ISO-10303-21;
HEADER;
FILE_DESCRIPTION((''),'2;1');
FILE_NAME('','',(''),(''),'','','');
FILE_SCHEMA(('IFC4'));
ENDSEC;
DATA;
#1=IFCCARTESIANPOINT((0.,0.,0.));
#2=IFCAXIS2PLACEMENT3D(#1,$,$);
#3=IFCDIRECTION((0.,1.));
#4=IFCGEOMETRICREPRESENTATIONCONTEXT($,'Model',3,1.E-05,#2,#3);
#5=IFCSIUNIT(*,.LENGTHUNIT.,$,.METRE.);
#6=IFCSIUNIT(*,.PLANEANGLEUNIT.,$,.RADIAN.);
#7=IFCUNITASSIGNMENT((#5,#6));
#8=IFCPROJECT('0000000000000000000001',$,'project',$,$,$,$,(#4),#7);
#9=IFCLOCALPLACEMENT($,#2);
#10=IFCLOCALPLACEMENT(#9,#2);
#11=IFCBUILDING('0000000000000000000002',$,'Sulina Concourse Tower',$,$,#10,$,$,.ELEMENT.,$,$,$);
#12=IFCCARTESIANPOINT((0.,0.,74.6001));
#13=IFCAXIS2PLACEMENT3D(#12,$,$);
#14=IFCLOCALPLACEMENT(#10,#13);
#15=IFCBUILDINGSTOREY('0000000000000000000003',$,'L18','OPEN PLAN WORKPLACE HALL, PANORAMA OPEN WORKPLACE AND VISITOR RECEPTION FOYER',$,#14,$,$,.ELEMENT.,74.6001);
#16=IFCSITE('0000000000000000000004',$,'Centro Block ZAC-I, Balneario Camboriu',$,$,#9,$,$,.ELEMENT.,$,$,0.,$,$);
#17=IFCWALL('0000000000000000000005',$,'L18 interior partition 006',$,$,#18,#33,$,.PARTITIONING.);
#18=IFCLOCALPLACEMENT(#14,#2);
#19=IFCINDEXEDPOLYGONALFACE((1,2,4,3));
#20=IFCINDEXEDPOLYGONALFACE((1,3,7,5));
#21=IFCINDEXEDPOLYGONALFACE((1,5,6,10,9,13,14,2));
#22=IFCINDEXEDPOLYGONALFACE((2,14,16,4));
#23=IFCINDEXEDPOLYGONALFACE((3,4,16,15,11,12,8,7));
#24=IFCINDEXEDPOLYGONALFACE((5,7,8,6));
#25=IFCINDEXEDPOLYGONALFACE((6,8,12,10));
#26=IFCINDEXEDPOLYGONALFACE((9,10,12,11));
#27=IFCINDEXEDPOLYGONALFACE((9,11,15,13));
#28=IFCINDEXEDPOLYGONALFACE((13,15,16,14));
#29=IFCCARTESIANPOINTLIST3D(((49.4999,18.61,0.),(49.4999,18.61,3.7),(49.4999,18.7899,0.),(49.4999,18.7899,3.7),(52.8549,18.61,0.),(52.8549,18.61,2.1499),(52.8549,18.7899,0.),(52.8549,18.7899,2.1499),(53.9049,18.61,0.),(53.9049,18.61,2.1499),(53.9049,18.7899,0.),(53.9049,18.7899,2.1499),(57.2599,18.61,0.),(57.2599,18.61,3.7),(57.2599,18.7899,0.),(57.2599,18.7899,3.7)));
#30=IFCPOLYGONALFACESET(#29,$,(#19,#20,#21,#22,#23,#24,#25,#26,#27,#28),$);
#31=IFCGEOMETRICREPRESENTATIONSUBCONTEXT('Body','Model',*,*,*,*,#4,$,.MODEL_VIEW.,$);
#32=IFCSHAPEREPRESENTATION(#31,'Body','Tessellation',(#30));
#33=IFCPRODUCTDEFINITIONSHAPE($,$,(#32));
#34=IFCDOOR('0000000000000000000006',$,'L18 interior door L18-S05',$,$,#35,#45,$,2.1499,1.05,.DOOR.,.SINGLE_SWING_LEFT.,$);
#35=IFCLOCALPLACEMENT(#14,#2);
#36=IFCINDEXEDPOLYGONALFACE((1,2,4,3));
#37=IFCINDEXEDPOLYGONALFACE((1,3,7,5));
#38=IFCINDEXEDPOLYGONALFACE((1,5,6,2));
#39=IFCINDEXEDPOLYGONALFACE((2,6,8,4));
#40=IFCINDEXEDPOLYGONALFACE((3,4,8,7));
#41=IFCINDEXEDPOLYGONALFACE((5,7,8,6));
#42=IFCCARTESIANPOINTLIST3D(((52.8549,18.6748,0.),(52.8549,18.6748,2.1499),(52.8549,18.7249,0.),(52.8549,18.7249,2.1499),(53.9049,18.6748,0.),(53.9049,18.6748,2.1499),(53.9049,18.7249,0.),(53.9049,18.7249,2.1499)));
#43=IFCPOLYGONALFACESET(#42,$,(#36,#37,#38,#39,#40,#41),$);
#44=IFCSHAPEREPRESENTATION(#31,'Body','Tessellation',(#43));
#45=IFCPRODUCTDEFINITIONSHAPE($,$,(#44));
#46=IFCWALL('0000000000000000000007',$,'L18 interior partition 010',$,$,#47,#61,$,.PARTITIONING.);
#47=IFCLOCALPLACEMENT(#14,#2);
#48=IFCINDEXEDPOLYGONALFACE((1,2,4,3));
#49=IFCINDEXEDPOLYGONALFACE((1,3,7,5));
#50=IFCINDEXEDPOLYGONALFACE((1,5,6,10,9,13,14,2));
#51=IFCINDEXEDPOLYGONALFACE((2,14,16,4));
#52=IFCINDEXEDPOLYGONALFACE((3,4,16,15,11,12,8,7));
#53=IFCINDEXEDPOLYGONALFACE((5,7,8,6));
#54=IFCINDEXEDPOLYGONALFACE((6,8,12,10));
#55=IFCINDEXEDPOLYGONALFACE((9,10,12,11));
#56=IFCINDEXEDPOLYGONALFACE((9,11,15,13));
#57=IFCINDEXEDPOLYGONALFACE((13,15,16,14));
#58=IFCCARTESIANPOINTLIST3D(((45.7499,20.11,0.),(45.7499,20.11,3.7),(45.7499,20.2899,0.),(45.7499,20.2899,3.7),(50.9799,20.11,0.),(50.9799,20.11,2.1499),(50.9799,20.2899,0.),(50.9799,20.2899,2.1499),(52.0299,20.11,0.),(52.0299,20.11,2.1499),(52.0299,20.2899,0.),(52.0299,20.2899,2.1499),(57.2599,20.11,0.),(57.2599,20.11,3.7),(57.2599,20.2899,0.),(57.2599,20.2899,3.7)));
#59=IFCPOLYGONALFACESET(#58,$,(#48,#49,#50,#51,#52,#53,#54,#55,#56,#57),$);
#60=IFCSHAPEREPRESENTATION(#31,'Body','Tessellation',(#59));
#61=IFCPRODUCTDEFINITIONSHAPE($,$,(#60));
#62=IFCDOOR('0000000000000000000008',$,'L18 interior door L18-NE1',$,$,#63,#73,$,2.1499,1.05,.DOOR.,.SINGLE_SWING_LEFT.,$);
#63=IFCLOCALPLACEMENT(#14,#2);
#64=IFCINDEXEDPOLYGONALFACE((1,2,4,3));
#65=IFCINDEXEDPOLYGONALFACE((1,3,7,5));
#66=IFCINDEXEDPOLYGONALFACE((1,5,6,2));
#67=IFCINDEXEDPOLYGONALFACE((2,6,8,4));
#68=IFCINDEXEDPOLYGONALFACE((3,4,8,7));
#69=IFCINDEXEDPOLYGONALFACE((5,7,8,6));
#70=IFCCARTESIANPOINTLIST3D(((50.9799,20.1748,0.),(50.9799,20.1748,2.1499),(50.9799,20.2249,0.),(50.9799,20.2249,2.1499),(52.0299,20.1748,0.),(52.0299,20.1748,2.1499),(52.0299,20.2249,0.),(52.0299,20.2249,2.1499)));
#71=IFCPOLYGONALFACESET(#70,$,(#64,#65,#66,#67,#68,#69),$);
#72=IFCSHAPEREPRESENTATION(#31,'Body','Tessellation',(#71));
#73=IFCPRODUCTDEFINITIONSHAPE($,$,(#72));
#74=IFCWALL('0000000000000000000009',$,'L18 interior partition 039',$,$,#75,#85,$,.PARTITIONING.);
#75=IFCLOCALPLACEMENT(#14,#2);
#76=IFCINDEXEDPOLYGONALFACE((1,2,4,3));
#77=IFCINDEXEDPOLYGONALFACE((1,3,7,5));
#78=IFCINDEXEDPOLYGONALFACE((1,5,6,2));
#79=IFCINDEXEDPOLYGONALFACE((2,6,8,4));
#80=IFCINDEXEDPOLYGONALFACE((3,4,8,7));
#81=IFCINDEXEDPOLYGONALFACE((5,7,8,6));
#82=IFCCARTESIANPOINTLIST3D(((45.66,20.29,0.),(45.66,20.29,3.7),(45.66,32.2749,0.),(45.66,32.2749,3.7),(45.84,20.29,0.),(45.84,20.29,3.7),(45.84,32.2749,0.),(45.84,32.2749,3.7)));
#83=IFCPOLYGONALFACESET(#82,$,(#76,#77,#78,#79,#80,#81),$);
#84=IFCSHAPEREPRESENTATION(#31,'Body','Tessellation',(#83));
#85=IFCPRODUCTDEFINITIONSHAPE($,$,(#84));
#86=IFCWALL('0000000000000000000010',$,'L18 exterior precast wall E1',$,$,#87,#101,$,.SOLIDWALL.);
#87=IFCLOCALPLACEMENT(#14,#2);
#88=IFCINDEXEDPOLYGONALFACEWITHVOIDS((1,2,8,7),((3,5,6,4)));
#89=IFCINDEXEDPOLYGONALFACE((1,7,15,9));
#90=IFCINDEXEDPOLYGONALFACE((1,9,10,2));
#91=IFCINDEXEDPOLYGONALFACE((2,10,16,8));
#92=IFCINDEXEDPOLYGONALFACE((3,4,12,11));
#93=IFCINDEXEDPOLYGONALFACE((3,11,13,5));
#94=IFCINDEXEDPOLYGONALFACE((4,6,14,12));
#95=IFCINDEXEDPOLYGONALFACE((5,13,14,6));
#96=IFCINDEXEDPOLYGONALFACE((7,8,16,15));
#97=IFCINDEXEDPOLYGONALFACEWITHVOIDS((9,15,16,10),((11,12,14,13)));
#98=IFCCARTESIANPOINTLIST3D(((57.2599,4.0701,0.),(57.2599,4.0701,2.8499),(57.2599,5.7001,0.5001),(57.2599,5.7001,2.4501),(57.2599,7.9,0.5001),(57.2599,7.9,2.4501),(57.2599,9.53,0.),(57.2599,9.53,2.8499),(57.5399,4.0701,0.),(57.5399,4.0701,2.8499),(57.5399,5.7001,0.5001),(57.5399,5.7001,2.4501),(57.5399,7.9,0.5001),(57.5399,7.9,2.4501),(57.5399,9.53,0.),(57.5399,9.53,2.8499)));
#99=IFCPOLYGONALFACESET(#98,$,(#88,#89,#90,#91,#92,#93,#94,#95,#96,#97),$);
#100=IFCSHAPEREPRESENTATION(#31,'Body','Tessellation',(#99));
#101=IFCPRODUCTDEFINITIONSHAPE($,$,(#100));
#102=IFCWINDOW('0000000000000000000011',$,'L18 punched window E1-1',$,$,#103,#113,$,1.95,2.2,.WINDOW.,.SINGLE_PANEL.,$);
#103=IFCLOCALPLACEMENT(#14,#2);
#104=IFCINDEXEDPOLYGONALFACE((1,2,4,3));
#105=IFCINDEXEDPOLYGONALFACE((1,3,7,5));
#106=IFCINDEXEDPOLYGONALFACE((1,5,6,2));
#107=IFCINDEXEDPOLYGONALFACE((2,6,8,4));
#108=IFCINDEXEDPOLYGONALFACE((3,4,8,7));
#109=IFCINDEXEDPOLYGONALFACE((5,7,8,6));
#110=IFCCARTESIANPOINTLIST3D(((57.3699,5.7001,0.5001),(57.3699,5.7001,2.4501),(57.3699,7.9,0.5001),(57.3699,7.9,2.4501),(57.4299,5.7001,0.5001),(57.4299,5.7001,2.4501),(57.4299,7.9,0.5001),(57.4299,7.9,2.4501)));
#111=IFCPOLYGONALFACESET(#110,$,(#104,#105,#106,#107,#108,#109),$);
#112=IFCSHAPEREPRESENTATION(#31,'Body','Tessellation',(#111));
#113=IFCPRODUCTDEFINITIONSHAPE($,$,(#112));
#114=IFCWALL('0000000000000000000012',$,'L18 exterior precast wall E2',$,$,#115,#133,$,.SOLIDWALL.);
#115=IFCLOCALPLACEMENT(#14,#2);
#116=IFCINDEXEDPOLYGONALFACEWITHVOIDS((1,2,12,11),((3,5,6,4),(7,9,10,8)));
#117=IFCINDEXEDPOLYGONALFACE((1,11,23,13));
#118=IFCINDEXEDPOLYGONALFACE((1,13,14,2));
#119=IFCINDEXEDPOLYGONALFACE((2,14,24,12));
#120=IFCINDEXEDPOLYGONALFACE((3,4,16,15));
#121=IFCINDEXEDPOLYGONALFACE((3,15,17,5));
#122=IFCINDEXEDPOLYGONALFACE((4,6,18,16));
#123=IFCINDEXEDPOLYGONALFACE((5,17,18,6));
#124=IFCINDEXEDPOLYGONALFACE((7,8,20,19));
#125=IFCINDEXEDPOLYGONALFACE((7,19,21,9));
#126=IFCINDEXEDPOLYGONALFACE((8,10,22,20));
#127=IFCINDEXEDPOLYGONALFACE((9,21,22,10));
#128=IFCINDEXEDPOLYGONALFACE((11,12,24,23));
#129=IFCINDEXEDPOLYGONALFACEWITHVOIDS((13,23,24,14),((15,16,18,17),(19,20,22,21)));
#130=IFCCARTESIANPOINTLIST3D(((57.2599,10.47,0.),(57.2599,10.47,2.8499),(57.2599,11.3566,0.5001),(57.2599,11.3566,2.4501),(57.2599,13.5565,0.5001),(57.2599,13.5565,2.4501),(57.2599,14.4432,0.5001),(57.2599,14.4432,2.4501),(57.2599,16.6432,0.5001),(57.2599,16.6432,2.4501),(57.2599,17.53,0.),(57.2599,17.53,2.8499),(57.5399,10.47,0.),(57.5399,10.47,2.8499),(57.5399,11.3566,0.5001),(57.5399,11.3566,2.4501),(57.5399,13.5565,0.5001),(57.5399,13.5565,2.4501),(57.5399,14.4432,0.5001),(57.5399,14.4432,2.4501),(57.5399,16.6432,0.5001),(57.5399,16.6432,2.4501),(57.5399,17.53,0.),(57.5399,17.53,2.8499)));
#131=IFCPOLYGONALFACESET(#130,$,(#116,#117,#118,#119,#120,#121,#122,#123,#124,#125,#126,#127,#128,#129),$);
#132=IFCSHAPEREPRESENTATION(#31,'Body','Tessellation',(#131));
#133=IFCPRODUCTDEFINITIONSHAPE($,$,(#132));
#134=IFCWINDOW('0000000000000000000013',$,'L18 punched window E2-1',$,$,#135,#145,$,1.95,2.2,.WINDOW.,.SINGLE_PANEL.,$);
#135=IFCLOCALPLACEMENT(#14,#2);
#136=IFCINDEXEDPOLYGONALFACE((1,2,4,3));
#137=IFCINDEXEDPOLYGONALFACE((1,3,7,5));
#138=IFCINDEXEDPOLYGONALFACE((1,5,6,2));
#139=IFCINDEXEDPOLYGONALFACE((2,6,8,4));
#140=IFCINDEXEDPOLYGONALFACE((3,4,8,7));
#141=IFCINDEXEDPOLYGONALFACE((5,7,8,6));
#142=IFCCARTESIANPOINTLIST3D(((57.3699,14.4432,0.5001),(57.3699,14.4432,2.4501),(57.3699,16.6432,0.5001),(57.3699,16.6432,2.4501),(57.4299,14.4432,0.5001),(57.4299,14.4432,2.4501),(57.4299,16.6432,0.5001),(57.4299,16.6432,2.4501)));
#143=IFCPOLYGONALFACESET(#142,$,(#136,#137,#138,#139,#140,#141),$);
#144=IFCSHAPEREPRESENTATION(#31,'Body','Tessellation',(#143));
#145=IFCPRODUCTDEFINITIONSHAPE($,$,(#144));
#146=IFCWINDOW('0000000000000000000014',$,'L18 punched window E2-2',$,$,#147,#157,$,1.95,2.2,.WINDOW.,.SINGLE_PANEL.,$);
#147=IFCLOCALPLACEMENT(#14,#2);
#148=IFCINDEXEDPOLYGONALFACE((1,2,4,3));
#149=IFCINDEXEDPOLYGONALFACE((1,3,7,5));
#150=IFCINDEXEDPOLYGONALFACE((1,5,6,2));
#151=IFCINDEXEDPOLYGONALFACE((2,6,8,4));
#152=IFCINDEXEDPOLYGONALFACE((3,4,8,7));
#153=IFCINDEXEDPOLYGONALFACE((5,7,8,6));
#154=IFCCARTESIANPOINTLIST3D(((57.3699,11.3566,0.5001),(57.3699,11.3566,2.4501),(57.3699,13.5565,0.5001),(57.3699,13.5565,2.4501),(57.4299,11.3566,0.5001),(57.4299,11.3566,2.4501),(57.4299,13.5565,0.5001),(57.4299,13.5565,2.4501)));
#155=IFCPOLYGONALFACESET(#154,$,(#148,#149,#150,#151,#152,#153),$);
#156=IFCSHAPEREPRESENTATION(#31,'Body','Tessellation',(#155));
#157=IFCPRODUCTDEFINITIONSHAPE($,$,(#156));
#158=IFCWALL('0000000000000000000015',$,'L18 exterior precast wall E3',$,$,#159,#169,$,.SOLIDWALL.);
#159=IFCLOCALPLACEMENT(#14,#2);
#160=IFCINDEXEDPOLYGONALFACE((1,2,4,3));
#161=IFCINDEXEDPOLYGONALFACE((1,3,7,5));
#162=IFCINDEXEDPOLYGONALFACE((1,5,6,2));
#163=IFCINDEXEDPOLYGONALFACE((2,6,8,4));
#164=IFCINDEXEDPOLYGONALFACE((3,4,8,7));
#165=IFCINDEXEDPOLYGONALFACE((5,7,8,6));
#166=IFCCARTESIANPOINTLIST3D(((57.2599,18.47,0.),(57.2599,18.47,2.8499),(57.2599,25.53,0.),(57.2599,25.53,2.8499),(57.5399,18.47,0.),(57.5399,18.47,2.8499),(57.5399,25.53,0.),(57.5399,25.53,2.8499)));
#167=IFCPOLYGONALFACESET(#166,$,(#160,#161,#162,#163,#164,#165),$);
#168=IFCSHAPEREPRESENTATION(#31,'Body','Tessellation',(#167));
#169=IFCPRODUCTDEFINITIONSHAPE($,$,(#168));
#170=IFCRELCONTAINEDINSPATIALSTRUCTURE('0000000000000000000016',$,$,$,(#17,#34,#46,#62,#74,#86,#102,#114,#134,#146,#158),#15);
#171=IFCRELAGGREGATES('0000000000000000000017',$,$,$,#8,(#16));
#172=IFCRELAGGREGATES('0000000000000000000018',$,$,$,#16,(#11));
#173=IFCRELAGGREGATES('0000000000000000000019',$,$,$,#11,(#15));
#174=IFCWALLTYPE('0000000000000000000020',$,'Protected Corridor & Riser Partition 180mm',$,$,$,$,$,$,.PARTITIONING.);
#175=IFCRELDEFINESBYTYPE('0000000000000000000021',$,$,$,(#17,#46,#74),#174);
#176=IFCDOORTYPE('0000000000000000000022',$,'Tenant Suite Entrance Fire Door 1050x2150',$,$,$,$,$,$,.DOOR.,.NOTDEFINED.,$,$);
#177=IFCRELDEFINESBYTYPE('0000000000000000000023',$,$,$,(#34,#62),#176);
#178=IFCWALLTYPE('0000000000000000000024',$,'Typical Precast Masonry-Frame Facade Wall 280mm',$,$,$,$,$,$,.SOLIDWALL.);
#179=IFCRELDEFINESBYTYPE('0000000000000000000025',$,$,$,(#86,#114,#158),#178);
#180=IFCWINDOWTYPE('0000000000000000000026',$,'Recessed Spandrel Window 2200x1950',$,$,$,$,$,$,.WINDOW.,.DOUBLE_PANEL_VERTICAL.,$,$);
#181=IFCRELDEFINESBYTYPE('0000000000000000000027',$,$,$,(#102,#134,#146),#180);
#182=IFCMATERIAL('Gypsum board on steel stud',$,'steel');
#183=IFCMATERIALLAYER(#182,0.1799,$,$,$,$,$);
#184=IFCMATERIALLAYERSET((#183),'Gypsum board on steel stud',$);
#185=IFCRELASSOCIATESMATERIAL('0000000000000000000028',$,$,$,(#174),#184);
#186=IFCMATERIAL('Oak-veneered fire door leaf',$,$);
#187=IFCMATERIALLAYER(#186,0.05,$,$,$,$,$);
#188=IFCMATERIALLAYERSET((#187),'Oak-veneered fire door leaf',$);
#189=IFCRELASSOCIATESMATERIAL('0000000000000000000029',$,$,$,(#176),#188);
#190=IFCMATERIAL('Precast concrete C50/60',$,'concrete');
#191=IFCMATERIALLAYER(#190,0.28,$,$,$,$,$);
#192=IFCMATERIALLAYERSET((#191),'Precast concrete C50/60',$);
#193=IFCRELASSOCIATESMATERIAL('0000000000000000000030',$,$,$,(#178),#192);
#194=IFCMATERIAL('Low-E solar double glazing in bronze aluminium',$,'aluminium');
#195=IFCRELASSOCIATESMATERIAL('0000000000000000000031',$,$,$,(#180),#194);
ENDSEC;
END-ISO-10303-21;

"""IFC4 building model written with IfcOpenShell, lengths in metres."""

from ifc_helpers import new_model, si_unit, direction, frame, frame_2d, origin, place, context, subcontext, project, spatial, rectangle, extrude, material, layer, layer_set, type_object, element, fill, save


model = new_model("IFC4")

# Units and contexts
model_context = context("Model", 3, precision=1e-05, world=origin(), true_north=direction((0.0, 1.0)))
body_context = subcontext(model_context, "Body", "Model", "MODEL_VIEW")
ifc_project = project(units=[si_unit("LENGTHUNIT", "METRE"), si_unit("PLANEANGLEUNIT", "RADIAN")], contexts=[model_context])

# Site, building, storey
site_placement = place(None, origin())
site = spatial("IfcSite", under=ifc_project, at=site_placement, Name="Centro Block ZAC-I, Balneario Camboriu", CompositionType="ELEMENT", RefElevation=0.0)
building_placement = place(site_placement, origin())
building = spatial("IfcBuilding", under=site, at=building_placement, Name="Sulina Concourse Tower", CompositionType="ELEMENT")
storey_placement = place(building_placement, frame((0.0, 0.0, 74.6001)))
storey = spatial("IfcBuildingStorey", under=building, at=storey_placement, Name="L18", Description="OPEN PLAN WORKPLACE HALL, PANORAMA OPEN WORKPLACE AND VISITOR RECEPTION FOYER", CompositionType="ELEMENT", Elevation=74.6001)

# Walls, openings, doors
ifc_material_1 = material(Name="Gypsum board on steel stud", Category="steel")
ifc_layer_1 = layer(ifc_material_1, 0.1799)
ifc_layer_set_1 = layer_set([ifc_layer_1], Name="Gypsum board on steel stud")
wall_type_1 = type_object("IfcWallType", Name="Protected Corridor & Riser Partition 180mm", PredefinedType="PARTITIONING", material=ifc_layer_set_1)
wall_1_placement = place(storey_placement, frame((49.5, 18.7, 0.0), z_axis=(0.0, 0.0, 1.0), x_axis=(1.0, 0.0, 0.0)))
wall_1 = element("IfcWall", 1, at=wall_1_placement, inside=storey, type_object=wall_type_1, Name="L18 interior partition 006", PredefinedType="PARTITIONING", context=body_context, shape_type="SweptSolid", body=[
    extrude(rectangle(XDim=7.76, YDim=0.1799, at=frame_2d((3.8799, 0.0))), origin(), (0.0, 0.0, 1.0), 3.7),
])
opening_1_placement = place(wall_1_placement, frame((3.355, 0.0, 0.0)))
opening_1 = element("IfcOpeningElement", 2, at=opening_1_placement, cuts=wall_1, PredefinedType="OPENING", context=body_context, shape_type="SweptSolid", body=[
    extrude(rectangle(XDim=1.05, YDim=2.1499, at=frame_2d((0.5249, 1.075))), frame((0.0, 0.0999, 0.0), z_axis=(0.0, -1.0, 0.0), x_axis=(1.0, 0.0, 0.0)), (0.0, 0.0, 1.0), 0.2),
])
ifc_material_2 = material(Name="Oak-veneered fire door leaf")
ifc_layer_2 = layer(ifc_material_2, 0.05)
ifc_layer_set_2 = layer_set([ifc_layer_2], Name="Oak-veneered fire door leaf")
door_type = type_object("IfcDoorType", Name="Tenant Suite Entrance Fire Door 1050x2150", OperationType="NOTDEFINED", PredefinedType="DOOR", material=ifc_layer_set_2)
door_1_placement = place(opening_1_placement, origin())
door_1 = element("IfcDoor", 3, at=door_1_placement, inside=storey, type_object=door_type, Name="L18 interior door L18-S05", OperationType="SINGLE_SWING_LEFT", OverallHeight=2.1499, OverallWidth=1.05, PredefinedType="DOOR", context=body_context, shape_type="SweptSolid", body=[
    extrude(rectangle(XDim=1.05, YDim=2.1499, at=frame_2d((0.5249, 1.075))), frame((0.0, 0.0249, 0.0), z_axis=(0.0, -1.0, 0.0), x_axis=(1.0, 0.0, 0.0)), (0.0, 0.0, 1.0), 0.05),
])
fill(opening_1, door_1)
wall_2_placement = place(storey_placement, frame((45.75, 20.2, 0.0), z_axis=(0.0, 0.0, 1.0), x_axis=(1.0, 0.0, 0.0)))
wall_2 = element("IfcWall", 4, at=wall_2_placement, inside=storey, type_object=wall_type_1, Name="L18 interior partition 010", PredefinedType="PARTITIONING", context=body_context, shape_type="SweptSolid", body=[
    extrude(rectangle(XDim=11.51, YDim=0.1799, at=frame_2d((5.7549, 0.0))), origin(), (0.0, 0.0, 1.0), 3.7),
])
opening_2_placement = place(wall_2_placement, frame((5.23, 0.0, 0.0)))
opening_2 = element("IfcOpeningElement", 5, at=opening_2_placement, cuts=wall_2, PredefinedType="OPENING", context=body_context, shape_type="SweptSolid", body=[
    extrude(rectangle(XDim=1.05, YDim=2.1499, at=frame_2d((0.5249, 1.075))), frame((0.0, 0.0999, 0.0), z_axis=(0.0, -1.0, 0.0), x_axis=(1.0, 0.0, 0.0)), (0.0, 0.0, 1.0), 0.2),
])
door_2_placement = place(opening_2_placement, origin())
door_2 = element("IfcDoor", 6, at=door_2_placement, inside=storey, type_object=door_type, Name="L18 interior door L18-NE1", OperationType="SINGLE_SWING_LEFT", OverallHeight=2.1499, OverallWidth=1.05, PredefinedType="DOOR", context=body_context, shape_type="SweptSolid", body=[
    extrude(rectangle(XDim=1.05, YDim=2.1499, at=frame_2d((0.5249, 1.075))), frame((0.0, 0.0249, 0.0), z_axis=(0.0, -1.0, 0.0), x_axis=(1.0, 0.0, 0.0)), (0.0, 0.0, 1.0), 0.05),
])
fill(opening_2, door_2)

# Wall
wall_3_placement = place(storey_placement, frame((45.75, 20.29, 0.0), z_axis=(0.0, 0.0, 1.0), x_axis=(0.0, 1.0, 0.0)))
element("IfcWall", 7, at=wall_3_placement, inside=storey, type_object=wall_type_1, Name="L18 interior partition 039", PredefinedType="PARTITIONING", context=body_context, shape_type="SweptSolid", body=[
    extrude(rectangle(XDim=11.9849, YDim=0.1799, at=frame_2d((5.9924, 0.0))), origin(), (0.0, 0.0, 1.0), 3.7),
])

# Wall, opening, window
ifc_material_3 = material(Name="Precast concrete C50/60", Category="concrete")
ifc_layer_3 = layer(ifc_material_3, 0.28)
ifc_layer_set_3 = layer_set([ifc_layer_3], Name="Precast concrete C50/60")
wall_type_2 = type_object("IfcWallType", Name="Typical Precast Masonry-Frame Facade Wall 280mm", PredefinedType="SOLIDWALL", material=ifc_layer_set_3)
wall_4_placement = place(storey_placement, frame((57.3999, 9.53, 0.0), z_axis=(0.0, 0.0, 1.0), x_axis=(0.0, -1.0, 0.0)))
wall_4 = element("IfcWall", 8, at=wall_4_placement, inside=storey, type_object=wall_type_2, Name="L18 exterior precast wall E1", PredefinedType="SOLIDWALL", context=body_context, shape_type="SweptSolid", body=[
    extrude(rectangle(XDim=5.46, YDim=0.28, at=frame_2d((2.73, 0.0))), origin(), (0.0, 0.0, 1.0), 2.8499),
])
opening_3_placement = place(wall_4_placement, frame((1.6299, 0.0, 0.5)))
opening_3 = element("IfcOpeningElement", 9, at=opening_3_placement, cuts=wall_4, PredefinedType="OPENING", context=body_context, shape_type="SweptSolid", body=[
    extrude(rectangle(XDim=2.2, YDim=1.95, at=frame_2d((1.1001, 0.9751))), frame((0.0, 0.1499, 0.0), z_axis=(0.0, -1.0, 0.0), x_axis=(1.0, 0.0, 0.0)), (0.0, 0.0, 1.0), 0.3),
])
ifc_material_4 = material(Name="Low-E solar double glazing in bronze aluminium", Category="aluminium")
window_type = type_object("IfcWindowType", Name="Recessed Spandrel Window 2200x1950", PartitioningType="DOUBLE_PANEL_VERTICAL", PredefinedType="WINDOW", material=ifc_material_4)
window_1_placement = place(opening_3_placement, origin())
window_1 = element("IfcWindow", 10, at=window_1_placement, inside=storey, type_object=window_type, Name="L18 punched window E1-1", OverallHeight=1.95, OverallWidth=2.2, PartitioningType="SINGLE_PANEL", PredefinedType="WINDOW", context=body_context, shape_type="SweptSolid", body=[
    extrude(rectangle(XDim=2.2, YDim=1.95, at=frame_2d((1.1001, 0.9751))), frame((0.0, 0.03, 0.0), z_axis=(0.0, -1.0, 0.0), x_axis=(1.0, 0.0, 0.0)), (0.0, 0.0, 1.0), 0.0601),
])
fill(opening_3, window_1)

# Wall, openings, windows
wall_5_placement = place(storey_placement, frame((57.3999, 17.53, 0.0), z_axis=(0.0, 0.0, 1.0), x_axis=(0.0, -1.0, 0.0)))
wall_5 = element("IfcWall", 11, at=wall_5_placement, inside=storey, type_object=wall_type_2, Name="L18 exterior precast wall E2", PredefinedType="SOLIDWALL", context=body_context, shape_type="SweptSolid", body=[
    extrude(rectangle(XDim=7.0601, YDim=0.28, at=frame_2d((3.53, 0.0))), origin(), (0.0, 0.0, 1.0), 2.8499),
])
opening_4_placement = place(wall_5_placement, frame((0.8867, 0.0, 0.5)))
opening_4 = element("IfcOpeningElement", 12, at=opening_4_placement, cuts=wall_5, PredefinedType="OPENING", context=body_context, shape_type="SweptSolid", body=[
    extrude(rectangle(XDim=2.2, YDim=1.95, at=frame_2d((1.1001, 0.9751))), frame((0.0, 0.1499, 0.0), z_axis=(0.0, -1.0, 0.0), x_axis=(1.0, 0.0, 0.0)), (0.0, 0.0, 1.0), 0.3),
])
opening_5_placement = place(wall_5_placement, frame((3.9734, 0.0, 0.5)))
opening_5 = element("IfcOpeningElement", 13, at=opening_5_placement, cuts=wall_5, PredefinedType="OPENING", context=body_context, shape_type="SweptSolid", body=[
    extrude(rectangle(XDim=2.2, YDim=1.95, at=frame_2d((1.1001, 0.9751))), frame((0.0, 0.1499, 0.0), z_axis=(0.0, -1.0, 0.0), x_axis=(1.0, 0.0, 0.0)), (0.0, 0.0, 1.0), 0.3),
])
window_2_placement = place(opening_4_placement, origin())
window_2 = element("IfcWindow", 14, at=window_2_placement, inside=storey, type_object=window_type, Name="L18 punched window E2-1", OverallHeight=1.95, OverallWidth=2.2, PartitioningType="SINGLE_PANEL", PredefinedType="WINDOW", context=body_context, shape_type="SweptSolid", body=[
    extrude(rectangle(XDim=2.2, YDim=1.95, at=frame_2d((1.1001, 0.9751))), frame((0.0, 0.03, 0.0), z_axis=(0.0, -1.0, 0.0), x_axis=(1.0, 0.0, 0.0)), (0.0, 0.0, 1.0), 0.0601),
])
fill(opening_4, window_2)
window_3_placement = place(opening_5_placement, origin())
window_3 = element("IfcWindow", 15, at=window_3_placement, inside=storey, type_object=window_type, Name="L18 punched window E2-2", OverallHeight=1.95, OverallWidth=2.2, PartitioningType="SINGLE_PANEL", PredefinedType="WINDOW", context=body_context, shape_type="SweptSolid", body=[
    extrude(rectangle(XDim=2.2, YDim=1.95, at=frame_2d((1.1001, 0.9751))), frame((0.0, 0.03, 0.0), z_axis=(0.0, -1.0, 0.0), x_axis=(1.0, 0.0, 0.0)), (0.0, 0.0, 1.0), 0.0601),
])
fill(opening_5, window_3)

# Wall
wall_6_placement = place(storey_placement, frame((57.3999, 25.53, 0.0), z_axis=(0.0, 0.0, 1.0), x_axis=(0.0, -1.0, 0.0)))
element("IfcWall", 16, at=wall_6_placement, inside=storey, type_object=wall_type_2, Name="L18 exterior precast wall E3", PredefinedType="SOLIDWALL", context=body_context, shape_type="SweptSolid", body=[
    extrude(rectangle(XDim=7.0601, YDim=0.28, at=frame_2d((3.53, 0.0))), origin(), (0.0, 0.0, 1.0), 2.8499),
])

save(model, "model.ifc")
